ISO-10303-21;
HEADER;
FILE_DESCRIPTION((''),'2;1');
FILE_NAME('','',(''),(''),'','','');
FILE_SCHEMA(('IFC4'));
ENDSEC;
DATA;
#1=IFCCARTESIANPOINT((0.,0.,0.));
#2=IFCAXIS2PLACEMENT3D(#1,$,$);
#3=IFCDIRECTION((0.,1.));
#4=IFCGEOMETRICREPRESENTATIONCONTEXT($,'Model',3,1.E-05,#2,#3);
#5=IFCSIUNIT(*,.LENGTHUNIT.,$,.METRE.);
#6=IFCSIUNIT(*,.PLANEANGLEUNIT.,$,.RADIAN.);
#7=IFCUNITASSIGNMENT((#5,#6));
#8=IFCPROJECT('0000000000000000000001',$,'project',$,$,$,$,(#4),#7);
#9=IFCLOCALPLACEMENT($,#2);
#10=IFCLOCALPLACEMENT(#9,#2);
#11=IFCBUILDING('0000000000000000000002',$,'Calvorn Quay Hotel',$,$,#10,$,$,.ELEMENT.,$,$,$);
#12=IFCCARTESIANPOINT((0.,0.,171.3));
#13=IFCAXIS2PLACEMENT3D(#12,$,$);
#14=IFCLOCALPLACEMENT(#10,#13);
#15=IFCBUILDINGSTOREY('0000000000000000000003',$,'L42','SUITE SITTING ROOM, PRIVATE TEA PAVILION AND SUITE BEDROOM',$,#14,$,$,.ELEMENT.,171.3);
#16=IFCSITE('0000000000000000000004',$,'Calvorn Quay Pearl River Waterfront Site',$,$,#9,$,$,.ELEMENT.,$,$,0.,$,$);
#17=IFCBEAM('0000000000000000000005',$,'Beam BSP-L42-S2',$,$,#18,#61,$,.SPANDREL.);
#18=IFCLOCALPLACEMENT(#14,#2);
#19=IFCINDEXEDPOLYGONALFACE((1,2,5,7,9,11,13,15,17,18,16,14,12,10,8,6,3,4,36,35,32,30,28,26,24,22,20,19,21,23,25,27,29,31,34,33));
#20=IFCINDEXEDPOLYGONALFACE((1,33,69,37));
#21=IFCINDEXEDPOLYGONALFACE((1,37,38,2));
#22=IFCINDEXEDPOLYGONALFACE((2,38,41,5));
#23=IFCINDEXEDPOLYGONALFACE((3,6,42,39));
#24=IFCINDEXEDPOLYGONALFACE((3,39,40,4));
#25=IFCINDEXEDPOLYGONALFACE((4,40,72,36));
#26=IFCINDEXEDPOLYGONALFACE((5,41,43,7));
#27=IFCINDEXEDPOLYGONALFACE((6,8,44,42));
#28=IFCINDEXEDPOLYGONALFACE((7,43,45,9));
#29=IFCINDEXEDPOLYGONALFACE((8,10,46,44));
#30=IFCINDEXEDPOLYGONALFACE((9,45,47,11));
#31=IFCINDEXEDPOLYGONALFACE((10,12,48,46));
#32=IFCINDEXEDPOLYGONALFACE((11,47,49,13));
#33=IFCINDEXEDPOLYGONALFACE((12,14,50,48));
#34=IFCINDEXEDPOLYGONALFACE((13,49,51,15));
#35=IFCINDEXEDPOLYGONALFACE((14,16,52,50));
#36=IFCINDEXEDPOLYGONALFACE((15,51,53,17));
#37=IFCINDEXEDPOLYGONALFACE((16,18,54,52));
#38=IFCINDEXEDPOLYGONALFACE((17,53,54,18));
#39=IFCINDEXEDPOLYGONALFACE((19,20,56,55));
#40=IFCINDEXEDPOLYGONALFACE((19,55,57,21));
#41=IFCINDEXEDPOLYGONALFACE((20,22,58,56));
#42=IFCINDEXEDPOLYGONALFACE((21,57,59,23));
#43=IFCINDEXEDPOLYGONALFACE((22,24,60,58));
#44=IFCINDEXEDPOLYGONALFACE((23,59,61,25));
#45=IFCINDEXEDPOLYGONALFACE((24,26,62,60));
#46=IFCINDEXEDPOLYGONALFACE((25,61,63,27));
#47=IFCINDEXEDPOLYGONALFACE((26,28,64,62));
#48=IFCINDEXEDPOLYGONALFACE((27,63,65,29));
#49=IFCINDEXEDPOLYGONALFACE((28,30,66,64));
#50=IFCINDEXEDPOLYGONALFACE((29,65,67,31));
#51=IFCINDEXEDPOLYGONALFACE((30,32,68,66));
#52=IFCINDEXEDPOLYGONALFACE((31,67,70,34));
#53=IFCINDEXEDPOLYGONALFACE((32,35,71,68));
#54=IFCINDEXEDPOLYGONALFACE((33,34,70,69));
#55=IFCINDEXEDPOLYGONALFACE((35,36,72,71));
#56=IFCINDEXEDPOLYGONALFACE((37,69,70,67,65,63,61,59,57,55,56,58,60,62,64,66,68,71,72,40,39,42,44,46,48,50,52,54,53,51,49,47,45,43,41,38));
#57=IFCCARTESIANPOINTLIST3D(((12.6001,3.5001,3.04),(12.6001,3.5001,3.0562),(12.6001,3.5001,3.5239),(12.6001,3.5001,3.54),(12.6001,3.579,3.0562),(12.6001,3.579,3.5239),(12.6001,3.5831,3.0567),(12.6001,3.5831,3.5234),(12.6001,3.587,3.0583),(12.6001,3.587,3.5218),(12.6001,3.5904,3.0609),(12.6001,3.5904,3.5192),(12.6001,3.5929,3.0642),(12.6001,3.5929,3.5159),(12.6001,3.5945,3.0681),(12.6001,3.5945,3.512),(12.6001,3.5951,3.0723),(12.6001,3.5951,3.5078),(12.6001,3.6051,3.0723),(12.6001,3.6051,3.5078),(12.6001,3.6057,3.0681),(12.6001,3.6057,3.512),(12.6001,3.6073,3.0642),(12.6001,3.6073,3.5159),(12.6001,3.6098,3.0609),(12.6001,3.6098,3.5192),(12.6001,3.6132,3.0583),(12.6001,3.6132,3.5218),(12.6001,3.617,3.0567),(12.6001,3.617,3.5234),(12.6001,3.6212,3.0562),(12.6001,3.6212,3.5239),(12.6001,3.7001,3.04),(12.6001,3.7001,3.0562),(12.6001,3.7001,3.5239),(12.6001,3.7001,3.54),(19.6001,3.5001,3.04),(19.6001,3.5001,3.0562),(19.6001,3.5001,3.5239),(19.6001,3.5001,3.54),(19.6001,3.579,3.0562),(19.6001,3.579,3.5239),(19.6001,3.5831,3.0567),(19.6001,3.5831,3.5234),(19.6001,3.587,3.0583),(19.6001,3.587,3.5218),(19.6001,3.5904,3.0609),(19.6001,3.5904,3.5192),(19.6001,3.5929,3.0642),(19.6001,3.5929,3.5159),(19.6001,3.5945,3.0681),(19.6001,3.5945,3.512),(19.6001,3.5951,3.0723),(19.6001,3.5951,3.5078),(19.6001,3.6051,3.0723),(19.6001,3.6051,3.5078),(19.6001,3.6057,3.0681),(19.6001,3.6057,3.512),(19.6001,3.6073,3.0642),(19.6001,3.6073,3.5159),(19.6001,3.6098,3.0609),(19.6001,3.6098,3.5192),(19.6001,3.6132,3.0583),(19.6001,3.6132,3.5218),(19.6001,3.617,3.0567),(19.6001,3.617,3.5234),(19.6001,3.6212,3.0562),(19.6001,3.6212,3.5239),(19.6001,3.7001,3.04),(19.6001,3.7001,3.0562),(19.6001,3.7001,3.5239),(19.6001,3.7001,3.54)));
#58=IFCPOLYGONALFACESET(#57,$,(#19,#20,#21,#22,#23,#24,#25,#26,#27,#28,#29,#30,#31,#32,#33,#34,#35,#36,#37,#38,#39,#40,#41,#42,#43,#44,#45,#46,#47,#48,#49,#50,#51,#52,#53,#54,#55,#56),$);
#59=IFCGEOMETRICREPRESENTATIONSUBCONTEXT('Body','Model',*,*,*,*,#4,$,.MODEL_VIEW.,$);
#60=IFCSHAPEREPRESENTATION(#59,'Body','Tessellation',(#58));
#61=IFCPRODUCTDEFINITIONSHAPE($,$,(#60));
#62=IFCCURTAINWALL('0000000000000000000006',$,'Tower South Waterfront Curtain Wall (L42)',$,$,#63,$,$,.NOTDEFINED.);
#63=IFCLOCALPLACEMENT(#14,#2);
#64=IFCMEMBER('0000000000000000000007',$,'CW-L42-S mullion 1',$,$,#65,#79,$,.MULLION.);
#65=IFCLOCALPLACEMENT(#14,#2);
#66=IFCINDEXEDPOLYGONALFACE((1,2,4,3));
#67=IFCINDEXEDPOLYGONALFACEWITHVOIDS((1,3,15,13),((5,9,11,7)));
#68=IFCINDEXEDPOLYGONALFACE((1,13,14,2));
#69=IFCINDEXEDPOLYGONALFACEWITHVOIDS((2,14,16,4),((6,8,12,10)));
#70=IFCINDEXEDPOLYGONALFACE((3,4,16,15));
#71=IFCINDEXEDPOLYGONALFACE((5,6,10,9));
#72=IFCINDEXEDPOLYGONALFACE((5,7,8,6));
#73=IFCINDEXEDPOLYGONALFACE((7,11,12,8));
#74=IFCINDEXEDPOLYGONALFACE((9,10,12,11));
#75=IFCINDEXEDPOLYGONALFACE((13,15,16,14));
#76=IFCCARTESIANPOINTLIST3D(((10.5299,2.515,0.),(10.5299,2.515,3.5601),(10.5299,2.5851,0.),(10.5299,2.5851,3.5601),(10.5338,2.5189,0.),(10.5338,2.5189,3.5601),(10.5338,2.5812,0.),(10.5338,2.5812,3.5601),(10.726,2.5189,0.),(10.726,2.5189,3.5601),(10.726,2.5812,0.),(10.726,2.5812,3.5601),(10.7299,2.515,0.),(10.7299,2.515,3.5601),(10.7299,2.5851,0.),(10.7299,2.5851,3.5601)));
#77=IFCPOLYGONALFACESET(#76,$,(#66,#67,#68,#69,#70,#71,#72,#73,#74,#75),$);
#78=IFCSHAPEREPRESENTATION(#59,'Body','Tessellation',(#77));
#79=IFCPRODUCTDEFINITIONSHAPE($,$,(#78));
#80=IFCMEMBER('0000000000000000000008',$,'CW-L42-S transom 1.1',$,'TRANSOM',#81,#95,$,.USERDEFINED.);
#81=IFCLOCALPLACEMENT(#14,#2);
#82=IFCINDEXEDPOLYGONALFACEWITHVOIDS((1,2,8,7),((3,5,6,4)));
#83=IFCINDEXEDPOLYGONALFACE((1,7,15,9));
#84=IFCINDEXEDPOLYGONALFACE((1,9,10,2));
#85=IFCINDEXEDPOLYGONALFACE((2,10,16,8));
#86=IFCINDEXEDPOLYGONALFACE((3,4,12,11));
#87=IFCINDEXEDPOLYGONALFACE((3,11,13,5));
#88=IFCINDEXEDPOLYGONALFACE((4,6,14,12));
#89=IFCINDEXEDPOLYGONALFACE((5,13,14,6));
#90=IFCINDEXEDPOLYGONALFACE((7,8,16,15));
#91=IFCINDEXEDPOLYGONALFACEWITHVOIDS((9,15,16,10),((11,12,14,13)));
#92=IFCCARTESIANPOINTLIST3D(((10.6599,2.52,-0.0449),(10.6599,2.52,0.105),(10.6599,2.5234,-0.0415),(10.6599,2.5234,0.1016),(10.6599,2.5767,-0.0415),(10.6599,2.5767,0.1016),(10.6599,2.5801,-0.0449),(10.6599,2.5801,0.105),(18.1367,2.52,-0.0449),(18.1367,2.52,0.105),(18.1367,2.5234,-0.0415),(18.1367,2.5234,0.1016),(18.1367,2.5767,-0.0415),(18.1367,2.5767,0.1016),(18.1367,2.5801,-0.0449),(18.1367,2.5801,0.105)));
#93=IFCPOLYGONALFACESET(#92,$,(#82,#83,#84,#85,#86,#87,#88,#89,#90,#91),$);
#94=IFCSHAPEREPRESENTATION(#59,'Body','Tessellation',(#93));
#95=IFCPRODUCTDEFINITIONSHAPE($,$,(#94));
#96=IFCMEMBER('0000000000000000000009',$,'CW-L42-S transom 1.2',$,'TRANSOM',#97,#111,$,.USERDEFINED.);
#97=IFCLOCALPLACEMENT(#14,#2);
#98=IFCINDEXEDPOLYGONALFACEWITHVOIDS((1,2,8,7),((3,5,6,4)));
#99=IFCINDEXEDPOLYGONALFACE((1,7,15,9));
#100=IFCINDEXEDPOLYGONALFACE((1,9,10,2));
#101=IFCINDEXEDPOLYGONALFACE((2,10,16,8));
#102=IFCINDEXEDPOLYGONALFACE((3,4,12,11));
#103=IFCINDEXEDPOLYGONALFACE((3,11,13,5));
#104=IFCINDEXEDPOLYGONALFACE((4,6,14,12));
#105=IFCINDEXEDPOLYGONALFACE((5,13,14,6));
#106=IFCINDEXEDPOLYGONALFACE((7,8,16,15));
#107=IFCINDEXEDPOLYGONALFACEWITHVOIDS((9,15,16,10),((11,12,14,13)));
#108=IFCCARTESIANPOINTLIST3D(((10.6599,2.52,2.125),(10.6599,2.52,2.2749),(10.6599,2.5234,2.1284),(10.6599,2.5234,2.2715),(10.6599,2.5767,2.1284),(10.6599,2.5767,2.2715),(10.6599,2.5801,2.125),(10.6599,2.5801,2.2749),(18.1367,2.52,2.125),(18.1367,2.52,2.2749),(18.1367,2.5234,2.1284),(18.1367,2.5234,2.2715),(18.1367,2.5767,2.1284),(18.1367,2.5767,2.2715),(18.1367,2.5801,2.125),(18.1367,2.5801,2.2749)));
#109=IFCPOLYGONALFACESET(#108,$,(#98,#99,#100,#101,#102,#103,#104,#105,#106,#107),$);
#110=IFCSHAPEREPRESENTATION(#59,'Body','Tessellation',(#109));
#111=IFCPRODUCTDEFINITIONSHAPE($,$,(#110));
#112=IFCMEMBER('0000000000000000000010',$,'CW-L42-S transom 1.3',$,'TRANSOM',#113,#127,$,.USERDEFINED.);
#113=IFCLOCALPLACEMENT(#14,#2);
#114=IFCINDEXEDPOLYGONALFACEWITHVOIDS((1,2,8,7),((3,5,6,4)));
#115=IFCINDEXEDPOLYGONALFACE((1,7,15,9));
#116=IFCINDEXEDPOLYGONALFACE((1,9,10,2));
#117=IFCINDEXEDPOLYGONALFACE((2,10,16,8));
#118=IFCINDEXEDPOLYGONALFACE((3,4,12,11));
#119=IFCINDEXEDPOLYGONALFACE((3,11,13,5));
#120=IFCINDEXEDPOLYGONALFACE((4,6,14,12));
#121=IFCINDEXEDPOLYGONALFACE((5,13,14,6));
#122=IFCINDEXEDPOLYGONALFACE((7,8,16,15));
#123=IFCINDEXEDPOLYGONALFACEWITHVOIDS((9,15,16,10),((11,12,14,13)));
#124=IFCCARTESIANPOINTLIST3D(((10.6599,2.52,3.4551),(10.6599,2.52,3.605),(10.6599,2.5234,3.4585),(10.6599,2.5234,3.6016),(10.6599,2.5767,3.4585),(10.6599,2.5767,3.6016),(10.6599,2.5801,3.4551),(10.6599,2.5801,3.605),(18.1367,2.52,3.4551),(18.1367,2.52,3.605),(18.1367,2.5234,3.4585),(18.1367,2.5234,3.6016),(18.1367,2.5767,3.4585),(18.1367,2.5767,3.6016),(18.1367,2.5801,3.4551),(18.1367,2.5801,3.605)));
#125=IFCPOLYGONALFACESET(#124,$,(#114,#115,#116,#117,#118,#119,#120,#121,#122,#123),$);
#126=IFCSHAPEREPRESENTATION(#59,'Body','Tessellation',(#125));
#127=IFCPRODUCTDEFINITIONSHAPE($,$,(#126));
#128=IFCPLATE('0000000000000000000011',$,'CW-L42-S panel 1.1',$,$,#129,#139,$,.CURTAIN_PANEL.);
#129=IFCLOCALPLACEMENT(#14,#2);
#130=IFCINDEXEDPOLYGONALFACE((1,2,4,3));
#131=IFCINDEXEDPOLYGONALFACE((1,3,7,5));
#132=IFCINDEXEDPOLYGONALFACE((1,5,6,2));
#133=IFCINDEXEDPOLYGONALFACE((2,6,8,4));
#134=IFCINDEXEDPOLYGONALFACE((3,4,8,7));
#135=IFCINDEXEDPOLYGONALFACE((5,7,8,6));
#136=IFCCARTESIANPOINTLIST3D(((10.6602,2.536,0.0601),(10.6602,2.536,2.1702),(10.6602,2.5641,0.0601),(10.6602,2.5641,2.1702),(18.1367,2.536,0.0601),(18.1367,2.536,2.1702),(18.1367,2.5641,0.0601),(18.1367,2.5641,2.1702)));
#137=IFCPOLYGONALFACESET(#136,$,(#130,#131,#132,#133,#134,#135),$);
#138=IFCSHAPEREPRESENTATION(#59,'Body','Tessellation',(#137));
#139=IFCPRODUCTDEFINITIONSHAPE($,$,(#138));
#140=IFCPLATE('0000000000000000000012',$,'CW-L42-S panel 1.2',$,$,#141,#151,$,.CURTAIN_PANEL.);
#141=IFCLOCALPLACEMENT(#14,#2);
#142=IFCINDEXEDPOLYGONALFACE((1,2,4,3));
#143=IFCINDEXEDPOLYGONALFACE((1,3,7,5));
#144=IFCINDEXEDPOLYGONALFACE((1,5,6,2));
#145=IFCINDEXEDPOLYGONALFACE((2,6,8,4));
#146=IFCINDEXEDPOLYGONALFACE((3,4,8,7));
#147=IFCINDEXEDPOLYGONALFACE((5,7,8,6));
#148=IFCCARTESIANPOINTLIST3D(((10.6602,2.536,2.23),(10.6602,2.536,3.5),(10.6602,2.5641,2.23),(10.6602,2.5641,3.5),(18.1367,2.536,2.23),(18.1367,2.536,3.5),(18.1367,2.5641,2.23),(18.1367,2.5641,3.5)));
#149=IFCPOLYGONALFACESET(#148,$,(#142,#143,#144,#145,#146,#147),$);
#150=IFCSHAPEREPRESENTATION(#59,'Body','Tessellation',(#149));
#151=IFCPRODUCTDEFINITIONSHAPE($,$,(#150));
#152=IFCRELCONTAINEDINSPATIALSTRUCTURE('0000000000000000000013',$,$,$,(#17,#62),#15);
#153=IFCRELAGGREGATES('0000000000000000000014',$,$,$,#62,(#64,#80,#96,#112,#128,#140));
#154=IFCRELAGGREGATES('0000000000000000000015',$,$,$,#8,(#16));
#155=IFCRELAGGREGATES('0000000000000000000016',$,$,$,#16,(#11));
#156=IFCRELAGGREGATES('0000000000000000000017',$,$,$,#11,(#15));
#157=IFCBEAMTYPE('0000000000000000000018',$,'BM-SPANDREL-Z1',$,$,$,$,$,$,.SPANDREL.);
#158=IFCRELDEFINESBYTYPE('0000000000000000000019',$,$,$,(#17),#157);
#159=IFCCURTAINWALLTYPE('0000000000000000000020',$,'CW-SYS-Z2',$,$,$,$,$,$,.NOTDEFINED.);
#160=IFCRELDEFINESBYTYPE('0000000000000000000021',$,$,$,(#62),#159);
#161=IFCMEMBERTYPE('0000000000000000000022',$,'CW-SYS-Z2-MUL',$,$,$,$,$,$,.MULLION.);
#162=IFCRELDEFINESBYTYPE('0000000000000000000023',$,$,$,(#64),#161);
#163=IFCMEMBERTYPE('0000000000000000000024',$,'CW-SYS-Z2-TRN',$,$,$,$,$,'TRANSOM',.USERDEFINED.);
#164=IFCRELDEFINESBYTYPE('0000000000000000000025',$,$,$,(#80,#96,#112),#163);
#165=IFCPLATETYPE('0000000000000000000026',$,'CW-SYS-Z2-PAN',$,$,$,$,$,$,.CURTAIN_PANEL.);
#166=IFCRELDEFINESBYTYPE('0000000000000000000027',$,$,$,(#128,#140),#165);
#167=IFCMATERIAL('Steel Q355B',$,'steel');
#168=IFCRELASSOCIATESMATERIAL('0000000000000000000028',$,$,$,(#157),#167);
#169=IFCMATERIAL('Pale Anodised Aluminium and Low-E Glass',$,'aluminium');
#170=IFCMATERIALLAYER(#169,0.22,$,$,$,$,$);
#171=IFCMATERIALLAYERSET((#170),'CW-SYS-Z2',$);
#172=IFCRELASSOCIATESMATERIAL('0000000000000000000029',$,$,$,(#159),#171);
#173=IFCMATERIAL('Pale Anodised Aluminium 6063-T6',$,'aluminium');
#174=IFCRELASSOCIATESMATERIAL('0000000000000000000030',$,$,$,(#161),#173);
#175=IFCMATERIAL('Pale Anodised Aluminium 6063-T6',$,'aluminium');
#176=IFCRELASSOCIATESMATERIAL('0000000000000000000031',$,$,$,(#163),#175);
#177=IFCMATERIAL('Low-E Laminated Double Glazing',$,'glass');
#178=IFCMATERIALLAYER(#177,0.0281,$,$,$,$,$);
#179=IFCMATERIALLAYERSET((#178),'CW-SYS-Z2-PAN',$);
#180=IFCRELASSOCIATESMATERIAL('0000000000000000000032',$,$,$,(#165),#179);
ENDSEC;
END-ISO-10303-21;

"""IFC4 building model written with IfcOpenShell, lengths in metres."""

from ifc_helpers import new_model, si_unit, direction, frame, origin, origin_2d, place, context, subcontext, project, spatial, rectangle, hollow_rectangle, i_section, extrude, material, layer, layer_set, material_profile, profile_set, type_object, element, aggregate, save


model = new_model("IFC4")

# Units and contexts
model_context = context("Model", 3, precision=1e-05, world=origin(), true_north=direction((0.0, 1.0)))
body_context = subcontext(model_context, "Body", "Model", "MODEL_VIEW")
ifc_project = project(units=[si_unit("LENGTHUNIT", "METRE"), si_unit("PLANEANGLEUNIT", "RADIAN")], contexts=[model_context])

# Site, building, storey
site_placement = place(None, origin())
site = spatial("IfcSite", under=ifc_project, at=site_placement, Name="Calvorn Quay Pearl River Waterfront Site", CompositionType="ELEMENT", RefElevation=0.0)
building_placement = place(site_placement, origin())
building = spatial("IfcBuilding", under=site, at=building_placement, Name="Calvorn Quay Hotel", CompositionType="ELEMENT")
storey_placement = place(building_placement, frame((0.0, 0.0, 171.3)))
storey = spatial("IfcBuildingStorey", under=building, at=storey_placement, Name="L42", Description="SUITE SITTING ROOM, PRIVATE TEA PAVILION AND SUITE BEDROOM", CompositionType="ELEMENT", Elevation=171.3)

# Beam
ifc_material_1 = material(Name="Steel Q355B", Category="steel")
ifc_material_profile_1 = material_profile(ifc_material_1, i_section(OverallWidth=0.2, OverallDepth=0.5, WebThickness=0.01, FlangeThickness=0.0161, FilletRadius=0.0161, at=origin_2d()), Name="HN500x200x10x16")
ifc_profile_set_1 = profile_set([ifc_material_profile_1], Name="Steel Q355B")
beam_type_1 = type_object("IfcBeamType", Name="BM-SPANDREL-Z1", PredefinedType="SPANDREL", material=ifc_profile_set_1)
beam_1_placement = place(storey_placement, frame((12.6001, 3.6001, 3.29), z_axis=(1.0, 0.0, 0.0), x_axis=(0.0, 1.0, 0.0)))
element("IfcBeam", 1, at=beam_1_placement, inside=storey, type_object=beam_type_1, Name="Beam BSP-L42-S2", PredefinedType="SPANDREL", context=body_context, shape_type="SweptSolid", body=[
    extrude(i_section(OverallWidth=0.2, OverallDepth=0.5, WebThickness=0.01, FlangeThickness=0.0161, FilletRadius=0.0161, at=origin_2d()), origin(), (0.0, 0.0, 1.0), 7.0),
])

# Curtain wall, members, plates
ifc_material_2 = material(Name="Pale Anodised Aluminium and Low-E Glass", Category="aluminium")
ifc_layer_1 = layer(ifc_material_2, 0.22)
ifc_layer_set_1 = layer_set([ifc_layer_1], Name="CW-SYS-Z2")
curtain_wall_type = type_object("IfcCurtainWallType", Name="CW-SYS-Z2", PredefinedType="NOTDEFINED", material=ifc_layer_set_1)
curtain_wall_placement = place(storey_placement, origin())
curtain_wall = element("IfcCurtainWall", 2, at=curtain_wall_placement, inside=storey, type_object=curtain_wall_type, Name="Tower South Waterfront Curtain Wall (L42)", PredefinedType="NOTDEFINED")
ifc_material_3 = material(Name="Pale Anodised Aluminium 6063-T6", Category="aluminium")
ifc_material_profile_2 = material_profile(ifc_material_3, hollow_rectangle(XDim=0.0701, YDim=0.2, WallThickness=0.0039, at=origin_2d()), Name="ALU-M200x70x4")
ifc_profile_set_2 = profile_set([ifc_material_profile_2], Name="Pale Anodised Aluminium 6063-T6")
member_type_1 = type_object("IfcMemberType", Name="CW-SYS-Z2-MUL", PredefinedType="MULLION", material=ifc_profile_set_2)
member_1_placement = place(storey_placement, frame((10.6299, 2.55, 0.0), z_axis=(0.0, 0.0, 1.0), x_axis=(0.0, 1.0, 0.0)))
member_1 = element("IfcMember", 3, at=member_1_placement, type_object=member_type_1, Name="CW-L42-S mullion 1", PredefinedType="MULLION", context=body_context, shape_type="SweptSolid", body=[
    extrude(hollow_rectangle(XDim=0.0701, YDim=0.2, WallThickness=0.0039, at=origin_2d()), origin(), (0.0, 0.0, 1.0), 3.5601),
])
ifc_material_4 = material(Name="Pale Anodised Aluminium 6063-T6", Category="aluminium")
ifc_material_profile_3 = material_profile(ifc_material_4, hollow_rectangle(XDim=0.0601, YDim=0.1499, WallThickness=0.0034, at=origin_2d()), Name="ALU-T150x60x3.5")
ifc_profile_set_3 = profile_set([ifc_material_profile_3], Name="Pale Anodised Aluminium 6063-T6")
member_type_2 = type_object("IfcMemberType", Name="CW-SYS-Z2-TRN", ElementType="TRANSOM", PredefinedType="USERDEFINED", material=ifc_profile_set_3)
member_2_placement = place(storey_placement, frame((10.6599, 2.55, 0.03), z_axis=(1.0, 0.0, 0.0), x_axis=(0.0, 1.0, 0.0)))
member_2 = element("IfcMember", 4, at=member_2_placement, type_object=member_type_2, Name="CW-L42-S transom 1.1", ObjectType="TRANSOM", PredefinedType="USERDEFINED", context=body_context, shape_type="SweptSolid", body=[
    extrude(hollow_rectangle(XDim=0.0601, YDim=0.1499, WallThickness=0.0034, at=origin_2d()), origin(), (0.0, 0.0, 1.0), 7.4768),
])
member_3_placement = place(storey_placement, frame((10.6599, 2.55, 2.2), z_axis=(1.0, 0.0, 0.0), x_axis=(0.0, 1.0, 0.0)))
member_3 = element("IfcMember", 5, at=member_3_placement, type_object=member_type_2, Name="CW-L42-S transom 1.2", ObjectType="TRANSOM", PredefinedType="USERDEFINED", context=body_context, shape_type="SweptSolid", body=[
    extrude(hollow_rectangle(XDim=0.0601, YDim=0.1499, WallThickness=0.0034, at=origin_2d()), origin(), (0.0, 0.0, 1.0), 7.4768),
])
member_4_placement = place(storey_placement, frame((10.6599, 2.55, 3.53), z_axis=(1.0, 0.0, 0.0), x_axis=(0.0, 1.0, 0.0)))
member_4 = element("IfcMember", 6, at=member_4_placement, type_object=member_type_2, Name="CW-L42-S transom 1.3", ObjectType="TRANSOM", PredefinedType="USERDEFINED", context=body_context, shape_type="SweptSolid", body=[
    extrude(hollow_rectangle(XDim=0.0601, YDim=0.1499, WallThickness=0.0034, at=origin_2d()), origin(), (0.0, 0.0, 1.0), 7.4768),
])
ifc_material_5 = material(Name="Low-E Laminated Double Glazing", Category="glass")
ifc_layer_2 = layer(ifc_material_5, 0.0281)
ifc_layer_set_2 = layer_set([ifc_layer_2], Name="CW-SYS-Z2-PAN")
plate_type = type_object("IfcPlateType", Name="CW-SYS-Z2-PAN", PredefinedType="CURTAIN_PANEL", material=ifc_layer_set_2)
plate_1_placement = place(storey_placement, frame((14.3984, 2.55, 0.0601), z_axis=(0.0, 0.0, 1.0), x_axis=(1.0, 0.0, 0.0)))
plate_1 = element("IfcPlate", 7, at=plate_1_placement, type_object=plate_type, Name="CW-L42-S panel 1.1", PredefinedType="CURTAIN_PANEL", context=body_context, shape_type="SweptSolid", body=[
    extrude(rectangle(XDim=7.4766, YDim=0.0281, at=origin_2d()), origin(), (0.0, 0.0, 1.0), 2.1101),
])
plate_2_placement = place(storey_placement, frame((14.3984, 2.55, 2.23), z_axis=(0.0, 0.0, 1.0), x_axis=(1.0, 0.0, 0.0)))
plate_2 = element("IfcPlate", 8, at=plate_2_placement, type_object=plate_type, Name="CW-L42-S panel 1.2", PredefinedType="CURTAIN_PANEL", context=body_context, shape_type="SweptSolid", body=[
    extrude(rectangle(XDim=7.4766, YDim=0.0281, at=origin_2d()), origin(), (0.0, 0.0, 1.0), 1.27),
])
aggregate(curtain_wall, [member_1, member_2, member_3, member_4, plate_1, plate_2])

save(model, "model.ifc")
